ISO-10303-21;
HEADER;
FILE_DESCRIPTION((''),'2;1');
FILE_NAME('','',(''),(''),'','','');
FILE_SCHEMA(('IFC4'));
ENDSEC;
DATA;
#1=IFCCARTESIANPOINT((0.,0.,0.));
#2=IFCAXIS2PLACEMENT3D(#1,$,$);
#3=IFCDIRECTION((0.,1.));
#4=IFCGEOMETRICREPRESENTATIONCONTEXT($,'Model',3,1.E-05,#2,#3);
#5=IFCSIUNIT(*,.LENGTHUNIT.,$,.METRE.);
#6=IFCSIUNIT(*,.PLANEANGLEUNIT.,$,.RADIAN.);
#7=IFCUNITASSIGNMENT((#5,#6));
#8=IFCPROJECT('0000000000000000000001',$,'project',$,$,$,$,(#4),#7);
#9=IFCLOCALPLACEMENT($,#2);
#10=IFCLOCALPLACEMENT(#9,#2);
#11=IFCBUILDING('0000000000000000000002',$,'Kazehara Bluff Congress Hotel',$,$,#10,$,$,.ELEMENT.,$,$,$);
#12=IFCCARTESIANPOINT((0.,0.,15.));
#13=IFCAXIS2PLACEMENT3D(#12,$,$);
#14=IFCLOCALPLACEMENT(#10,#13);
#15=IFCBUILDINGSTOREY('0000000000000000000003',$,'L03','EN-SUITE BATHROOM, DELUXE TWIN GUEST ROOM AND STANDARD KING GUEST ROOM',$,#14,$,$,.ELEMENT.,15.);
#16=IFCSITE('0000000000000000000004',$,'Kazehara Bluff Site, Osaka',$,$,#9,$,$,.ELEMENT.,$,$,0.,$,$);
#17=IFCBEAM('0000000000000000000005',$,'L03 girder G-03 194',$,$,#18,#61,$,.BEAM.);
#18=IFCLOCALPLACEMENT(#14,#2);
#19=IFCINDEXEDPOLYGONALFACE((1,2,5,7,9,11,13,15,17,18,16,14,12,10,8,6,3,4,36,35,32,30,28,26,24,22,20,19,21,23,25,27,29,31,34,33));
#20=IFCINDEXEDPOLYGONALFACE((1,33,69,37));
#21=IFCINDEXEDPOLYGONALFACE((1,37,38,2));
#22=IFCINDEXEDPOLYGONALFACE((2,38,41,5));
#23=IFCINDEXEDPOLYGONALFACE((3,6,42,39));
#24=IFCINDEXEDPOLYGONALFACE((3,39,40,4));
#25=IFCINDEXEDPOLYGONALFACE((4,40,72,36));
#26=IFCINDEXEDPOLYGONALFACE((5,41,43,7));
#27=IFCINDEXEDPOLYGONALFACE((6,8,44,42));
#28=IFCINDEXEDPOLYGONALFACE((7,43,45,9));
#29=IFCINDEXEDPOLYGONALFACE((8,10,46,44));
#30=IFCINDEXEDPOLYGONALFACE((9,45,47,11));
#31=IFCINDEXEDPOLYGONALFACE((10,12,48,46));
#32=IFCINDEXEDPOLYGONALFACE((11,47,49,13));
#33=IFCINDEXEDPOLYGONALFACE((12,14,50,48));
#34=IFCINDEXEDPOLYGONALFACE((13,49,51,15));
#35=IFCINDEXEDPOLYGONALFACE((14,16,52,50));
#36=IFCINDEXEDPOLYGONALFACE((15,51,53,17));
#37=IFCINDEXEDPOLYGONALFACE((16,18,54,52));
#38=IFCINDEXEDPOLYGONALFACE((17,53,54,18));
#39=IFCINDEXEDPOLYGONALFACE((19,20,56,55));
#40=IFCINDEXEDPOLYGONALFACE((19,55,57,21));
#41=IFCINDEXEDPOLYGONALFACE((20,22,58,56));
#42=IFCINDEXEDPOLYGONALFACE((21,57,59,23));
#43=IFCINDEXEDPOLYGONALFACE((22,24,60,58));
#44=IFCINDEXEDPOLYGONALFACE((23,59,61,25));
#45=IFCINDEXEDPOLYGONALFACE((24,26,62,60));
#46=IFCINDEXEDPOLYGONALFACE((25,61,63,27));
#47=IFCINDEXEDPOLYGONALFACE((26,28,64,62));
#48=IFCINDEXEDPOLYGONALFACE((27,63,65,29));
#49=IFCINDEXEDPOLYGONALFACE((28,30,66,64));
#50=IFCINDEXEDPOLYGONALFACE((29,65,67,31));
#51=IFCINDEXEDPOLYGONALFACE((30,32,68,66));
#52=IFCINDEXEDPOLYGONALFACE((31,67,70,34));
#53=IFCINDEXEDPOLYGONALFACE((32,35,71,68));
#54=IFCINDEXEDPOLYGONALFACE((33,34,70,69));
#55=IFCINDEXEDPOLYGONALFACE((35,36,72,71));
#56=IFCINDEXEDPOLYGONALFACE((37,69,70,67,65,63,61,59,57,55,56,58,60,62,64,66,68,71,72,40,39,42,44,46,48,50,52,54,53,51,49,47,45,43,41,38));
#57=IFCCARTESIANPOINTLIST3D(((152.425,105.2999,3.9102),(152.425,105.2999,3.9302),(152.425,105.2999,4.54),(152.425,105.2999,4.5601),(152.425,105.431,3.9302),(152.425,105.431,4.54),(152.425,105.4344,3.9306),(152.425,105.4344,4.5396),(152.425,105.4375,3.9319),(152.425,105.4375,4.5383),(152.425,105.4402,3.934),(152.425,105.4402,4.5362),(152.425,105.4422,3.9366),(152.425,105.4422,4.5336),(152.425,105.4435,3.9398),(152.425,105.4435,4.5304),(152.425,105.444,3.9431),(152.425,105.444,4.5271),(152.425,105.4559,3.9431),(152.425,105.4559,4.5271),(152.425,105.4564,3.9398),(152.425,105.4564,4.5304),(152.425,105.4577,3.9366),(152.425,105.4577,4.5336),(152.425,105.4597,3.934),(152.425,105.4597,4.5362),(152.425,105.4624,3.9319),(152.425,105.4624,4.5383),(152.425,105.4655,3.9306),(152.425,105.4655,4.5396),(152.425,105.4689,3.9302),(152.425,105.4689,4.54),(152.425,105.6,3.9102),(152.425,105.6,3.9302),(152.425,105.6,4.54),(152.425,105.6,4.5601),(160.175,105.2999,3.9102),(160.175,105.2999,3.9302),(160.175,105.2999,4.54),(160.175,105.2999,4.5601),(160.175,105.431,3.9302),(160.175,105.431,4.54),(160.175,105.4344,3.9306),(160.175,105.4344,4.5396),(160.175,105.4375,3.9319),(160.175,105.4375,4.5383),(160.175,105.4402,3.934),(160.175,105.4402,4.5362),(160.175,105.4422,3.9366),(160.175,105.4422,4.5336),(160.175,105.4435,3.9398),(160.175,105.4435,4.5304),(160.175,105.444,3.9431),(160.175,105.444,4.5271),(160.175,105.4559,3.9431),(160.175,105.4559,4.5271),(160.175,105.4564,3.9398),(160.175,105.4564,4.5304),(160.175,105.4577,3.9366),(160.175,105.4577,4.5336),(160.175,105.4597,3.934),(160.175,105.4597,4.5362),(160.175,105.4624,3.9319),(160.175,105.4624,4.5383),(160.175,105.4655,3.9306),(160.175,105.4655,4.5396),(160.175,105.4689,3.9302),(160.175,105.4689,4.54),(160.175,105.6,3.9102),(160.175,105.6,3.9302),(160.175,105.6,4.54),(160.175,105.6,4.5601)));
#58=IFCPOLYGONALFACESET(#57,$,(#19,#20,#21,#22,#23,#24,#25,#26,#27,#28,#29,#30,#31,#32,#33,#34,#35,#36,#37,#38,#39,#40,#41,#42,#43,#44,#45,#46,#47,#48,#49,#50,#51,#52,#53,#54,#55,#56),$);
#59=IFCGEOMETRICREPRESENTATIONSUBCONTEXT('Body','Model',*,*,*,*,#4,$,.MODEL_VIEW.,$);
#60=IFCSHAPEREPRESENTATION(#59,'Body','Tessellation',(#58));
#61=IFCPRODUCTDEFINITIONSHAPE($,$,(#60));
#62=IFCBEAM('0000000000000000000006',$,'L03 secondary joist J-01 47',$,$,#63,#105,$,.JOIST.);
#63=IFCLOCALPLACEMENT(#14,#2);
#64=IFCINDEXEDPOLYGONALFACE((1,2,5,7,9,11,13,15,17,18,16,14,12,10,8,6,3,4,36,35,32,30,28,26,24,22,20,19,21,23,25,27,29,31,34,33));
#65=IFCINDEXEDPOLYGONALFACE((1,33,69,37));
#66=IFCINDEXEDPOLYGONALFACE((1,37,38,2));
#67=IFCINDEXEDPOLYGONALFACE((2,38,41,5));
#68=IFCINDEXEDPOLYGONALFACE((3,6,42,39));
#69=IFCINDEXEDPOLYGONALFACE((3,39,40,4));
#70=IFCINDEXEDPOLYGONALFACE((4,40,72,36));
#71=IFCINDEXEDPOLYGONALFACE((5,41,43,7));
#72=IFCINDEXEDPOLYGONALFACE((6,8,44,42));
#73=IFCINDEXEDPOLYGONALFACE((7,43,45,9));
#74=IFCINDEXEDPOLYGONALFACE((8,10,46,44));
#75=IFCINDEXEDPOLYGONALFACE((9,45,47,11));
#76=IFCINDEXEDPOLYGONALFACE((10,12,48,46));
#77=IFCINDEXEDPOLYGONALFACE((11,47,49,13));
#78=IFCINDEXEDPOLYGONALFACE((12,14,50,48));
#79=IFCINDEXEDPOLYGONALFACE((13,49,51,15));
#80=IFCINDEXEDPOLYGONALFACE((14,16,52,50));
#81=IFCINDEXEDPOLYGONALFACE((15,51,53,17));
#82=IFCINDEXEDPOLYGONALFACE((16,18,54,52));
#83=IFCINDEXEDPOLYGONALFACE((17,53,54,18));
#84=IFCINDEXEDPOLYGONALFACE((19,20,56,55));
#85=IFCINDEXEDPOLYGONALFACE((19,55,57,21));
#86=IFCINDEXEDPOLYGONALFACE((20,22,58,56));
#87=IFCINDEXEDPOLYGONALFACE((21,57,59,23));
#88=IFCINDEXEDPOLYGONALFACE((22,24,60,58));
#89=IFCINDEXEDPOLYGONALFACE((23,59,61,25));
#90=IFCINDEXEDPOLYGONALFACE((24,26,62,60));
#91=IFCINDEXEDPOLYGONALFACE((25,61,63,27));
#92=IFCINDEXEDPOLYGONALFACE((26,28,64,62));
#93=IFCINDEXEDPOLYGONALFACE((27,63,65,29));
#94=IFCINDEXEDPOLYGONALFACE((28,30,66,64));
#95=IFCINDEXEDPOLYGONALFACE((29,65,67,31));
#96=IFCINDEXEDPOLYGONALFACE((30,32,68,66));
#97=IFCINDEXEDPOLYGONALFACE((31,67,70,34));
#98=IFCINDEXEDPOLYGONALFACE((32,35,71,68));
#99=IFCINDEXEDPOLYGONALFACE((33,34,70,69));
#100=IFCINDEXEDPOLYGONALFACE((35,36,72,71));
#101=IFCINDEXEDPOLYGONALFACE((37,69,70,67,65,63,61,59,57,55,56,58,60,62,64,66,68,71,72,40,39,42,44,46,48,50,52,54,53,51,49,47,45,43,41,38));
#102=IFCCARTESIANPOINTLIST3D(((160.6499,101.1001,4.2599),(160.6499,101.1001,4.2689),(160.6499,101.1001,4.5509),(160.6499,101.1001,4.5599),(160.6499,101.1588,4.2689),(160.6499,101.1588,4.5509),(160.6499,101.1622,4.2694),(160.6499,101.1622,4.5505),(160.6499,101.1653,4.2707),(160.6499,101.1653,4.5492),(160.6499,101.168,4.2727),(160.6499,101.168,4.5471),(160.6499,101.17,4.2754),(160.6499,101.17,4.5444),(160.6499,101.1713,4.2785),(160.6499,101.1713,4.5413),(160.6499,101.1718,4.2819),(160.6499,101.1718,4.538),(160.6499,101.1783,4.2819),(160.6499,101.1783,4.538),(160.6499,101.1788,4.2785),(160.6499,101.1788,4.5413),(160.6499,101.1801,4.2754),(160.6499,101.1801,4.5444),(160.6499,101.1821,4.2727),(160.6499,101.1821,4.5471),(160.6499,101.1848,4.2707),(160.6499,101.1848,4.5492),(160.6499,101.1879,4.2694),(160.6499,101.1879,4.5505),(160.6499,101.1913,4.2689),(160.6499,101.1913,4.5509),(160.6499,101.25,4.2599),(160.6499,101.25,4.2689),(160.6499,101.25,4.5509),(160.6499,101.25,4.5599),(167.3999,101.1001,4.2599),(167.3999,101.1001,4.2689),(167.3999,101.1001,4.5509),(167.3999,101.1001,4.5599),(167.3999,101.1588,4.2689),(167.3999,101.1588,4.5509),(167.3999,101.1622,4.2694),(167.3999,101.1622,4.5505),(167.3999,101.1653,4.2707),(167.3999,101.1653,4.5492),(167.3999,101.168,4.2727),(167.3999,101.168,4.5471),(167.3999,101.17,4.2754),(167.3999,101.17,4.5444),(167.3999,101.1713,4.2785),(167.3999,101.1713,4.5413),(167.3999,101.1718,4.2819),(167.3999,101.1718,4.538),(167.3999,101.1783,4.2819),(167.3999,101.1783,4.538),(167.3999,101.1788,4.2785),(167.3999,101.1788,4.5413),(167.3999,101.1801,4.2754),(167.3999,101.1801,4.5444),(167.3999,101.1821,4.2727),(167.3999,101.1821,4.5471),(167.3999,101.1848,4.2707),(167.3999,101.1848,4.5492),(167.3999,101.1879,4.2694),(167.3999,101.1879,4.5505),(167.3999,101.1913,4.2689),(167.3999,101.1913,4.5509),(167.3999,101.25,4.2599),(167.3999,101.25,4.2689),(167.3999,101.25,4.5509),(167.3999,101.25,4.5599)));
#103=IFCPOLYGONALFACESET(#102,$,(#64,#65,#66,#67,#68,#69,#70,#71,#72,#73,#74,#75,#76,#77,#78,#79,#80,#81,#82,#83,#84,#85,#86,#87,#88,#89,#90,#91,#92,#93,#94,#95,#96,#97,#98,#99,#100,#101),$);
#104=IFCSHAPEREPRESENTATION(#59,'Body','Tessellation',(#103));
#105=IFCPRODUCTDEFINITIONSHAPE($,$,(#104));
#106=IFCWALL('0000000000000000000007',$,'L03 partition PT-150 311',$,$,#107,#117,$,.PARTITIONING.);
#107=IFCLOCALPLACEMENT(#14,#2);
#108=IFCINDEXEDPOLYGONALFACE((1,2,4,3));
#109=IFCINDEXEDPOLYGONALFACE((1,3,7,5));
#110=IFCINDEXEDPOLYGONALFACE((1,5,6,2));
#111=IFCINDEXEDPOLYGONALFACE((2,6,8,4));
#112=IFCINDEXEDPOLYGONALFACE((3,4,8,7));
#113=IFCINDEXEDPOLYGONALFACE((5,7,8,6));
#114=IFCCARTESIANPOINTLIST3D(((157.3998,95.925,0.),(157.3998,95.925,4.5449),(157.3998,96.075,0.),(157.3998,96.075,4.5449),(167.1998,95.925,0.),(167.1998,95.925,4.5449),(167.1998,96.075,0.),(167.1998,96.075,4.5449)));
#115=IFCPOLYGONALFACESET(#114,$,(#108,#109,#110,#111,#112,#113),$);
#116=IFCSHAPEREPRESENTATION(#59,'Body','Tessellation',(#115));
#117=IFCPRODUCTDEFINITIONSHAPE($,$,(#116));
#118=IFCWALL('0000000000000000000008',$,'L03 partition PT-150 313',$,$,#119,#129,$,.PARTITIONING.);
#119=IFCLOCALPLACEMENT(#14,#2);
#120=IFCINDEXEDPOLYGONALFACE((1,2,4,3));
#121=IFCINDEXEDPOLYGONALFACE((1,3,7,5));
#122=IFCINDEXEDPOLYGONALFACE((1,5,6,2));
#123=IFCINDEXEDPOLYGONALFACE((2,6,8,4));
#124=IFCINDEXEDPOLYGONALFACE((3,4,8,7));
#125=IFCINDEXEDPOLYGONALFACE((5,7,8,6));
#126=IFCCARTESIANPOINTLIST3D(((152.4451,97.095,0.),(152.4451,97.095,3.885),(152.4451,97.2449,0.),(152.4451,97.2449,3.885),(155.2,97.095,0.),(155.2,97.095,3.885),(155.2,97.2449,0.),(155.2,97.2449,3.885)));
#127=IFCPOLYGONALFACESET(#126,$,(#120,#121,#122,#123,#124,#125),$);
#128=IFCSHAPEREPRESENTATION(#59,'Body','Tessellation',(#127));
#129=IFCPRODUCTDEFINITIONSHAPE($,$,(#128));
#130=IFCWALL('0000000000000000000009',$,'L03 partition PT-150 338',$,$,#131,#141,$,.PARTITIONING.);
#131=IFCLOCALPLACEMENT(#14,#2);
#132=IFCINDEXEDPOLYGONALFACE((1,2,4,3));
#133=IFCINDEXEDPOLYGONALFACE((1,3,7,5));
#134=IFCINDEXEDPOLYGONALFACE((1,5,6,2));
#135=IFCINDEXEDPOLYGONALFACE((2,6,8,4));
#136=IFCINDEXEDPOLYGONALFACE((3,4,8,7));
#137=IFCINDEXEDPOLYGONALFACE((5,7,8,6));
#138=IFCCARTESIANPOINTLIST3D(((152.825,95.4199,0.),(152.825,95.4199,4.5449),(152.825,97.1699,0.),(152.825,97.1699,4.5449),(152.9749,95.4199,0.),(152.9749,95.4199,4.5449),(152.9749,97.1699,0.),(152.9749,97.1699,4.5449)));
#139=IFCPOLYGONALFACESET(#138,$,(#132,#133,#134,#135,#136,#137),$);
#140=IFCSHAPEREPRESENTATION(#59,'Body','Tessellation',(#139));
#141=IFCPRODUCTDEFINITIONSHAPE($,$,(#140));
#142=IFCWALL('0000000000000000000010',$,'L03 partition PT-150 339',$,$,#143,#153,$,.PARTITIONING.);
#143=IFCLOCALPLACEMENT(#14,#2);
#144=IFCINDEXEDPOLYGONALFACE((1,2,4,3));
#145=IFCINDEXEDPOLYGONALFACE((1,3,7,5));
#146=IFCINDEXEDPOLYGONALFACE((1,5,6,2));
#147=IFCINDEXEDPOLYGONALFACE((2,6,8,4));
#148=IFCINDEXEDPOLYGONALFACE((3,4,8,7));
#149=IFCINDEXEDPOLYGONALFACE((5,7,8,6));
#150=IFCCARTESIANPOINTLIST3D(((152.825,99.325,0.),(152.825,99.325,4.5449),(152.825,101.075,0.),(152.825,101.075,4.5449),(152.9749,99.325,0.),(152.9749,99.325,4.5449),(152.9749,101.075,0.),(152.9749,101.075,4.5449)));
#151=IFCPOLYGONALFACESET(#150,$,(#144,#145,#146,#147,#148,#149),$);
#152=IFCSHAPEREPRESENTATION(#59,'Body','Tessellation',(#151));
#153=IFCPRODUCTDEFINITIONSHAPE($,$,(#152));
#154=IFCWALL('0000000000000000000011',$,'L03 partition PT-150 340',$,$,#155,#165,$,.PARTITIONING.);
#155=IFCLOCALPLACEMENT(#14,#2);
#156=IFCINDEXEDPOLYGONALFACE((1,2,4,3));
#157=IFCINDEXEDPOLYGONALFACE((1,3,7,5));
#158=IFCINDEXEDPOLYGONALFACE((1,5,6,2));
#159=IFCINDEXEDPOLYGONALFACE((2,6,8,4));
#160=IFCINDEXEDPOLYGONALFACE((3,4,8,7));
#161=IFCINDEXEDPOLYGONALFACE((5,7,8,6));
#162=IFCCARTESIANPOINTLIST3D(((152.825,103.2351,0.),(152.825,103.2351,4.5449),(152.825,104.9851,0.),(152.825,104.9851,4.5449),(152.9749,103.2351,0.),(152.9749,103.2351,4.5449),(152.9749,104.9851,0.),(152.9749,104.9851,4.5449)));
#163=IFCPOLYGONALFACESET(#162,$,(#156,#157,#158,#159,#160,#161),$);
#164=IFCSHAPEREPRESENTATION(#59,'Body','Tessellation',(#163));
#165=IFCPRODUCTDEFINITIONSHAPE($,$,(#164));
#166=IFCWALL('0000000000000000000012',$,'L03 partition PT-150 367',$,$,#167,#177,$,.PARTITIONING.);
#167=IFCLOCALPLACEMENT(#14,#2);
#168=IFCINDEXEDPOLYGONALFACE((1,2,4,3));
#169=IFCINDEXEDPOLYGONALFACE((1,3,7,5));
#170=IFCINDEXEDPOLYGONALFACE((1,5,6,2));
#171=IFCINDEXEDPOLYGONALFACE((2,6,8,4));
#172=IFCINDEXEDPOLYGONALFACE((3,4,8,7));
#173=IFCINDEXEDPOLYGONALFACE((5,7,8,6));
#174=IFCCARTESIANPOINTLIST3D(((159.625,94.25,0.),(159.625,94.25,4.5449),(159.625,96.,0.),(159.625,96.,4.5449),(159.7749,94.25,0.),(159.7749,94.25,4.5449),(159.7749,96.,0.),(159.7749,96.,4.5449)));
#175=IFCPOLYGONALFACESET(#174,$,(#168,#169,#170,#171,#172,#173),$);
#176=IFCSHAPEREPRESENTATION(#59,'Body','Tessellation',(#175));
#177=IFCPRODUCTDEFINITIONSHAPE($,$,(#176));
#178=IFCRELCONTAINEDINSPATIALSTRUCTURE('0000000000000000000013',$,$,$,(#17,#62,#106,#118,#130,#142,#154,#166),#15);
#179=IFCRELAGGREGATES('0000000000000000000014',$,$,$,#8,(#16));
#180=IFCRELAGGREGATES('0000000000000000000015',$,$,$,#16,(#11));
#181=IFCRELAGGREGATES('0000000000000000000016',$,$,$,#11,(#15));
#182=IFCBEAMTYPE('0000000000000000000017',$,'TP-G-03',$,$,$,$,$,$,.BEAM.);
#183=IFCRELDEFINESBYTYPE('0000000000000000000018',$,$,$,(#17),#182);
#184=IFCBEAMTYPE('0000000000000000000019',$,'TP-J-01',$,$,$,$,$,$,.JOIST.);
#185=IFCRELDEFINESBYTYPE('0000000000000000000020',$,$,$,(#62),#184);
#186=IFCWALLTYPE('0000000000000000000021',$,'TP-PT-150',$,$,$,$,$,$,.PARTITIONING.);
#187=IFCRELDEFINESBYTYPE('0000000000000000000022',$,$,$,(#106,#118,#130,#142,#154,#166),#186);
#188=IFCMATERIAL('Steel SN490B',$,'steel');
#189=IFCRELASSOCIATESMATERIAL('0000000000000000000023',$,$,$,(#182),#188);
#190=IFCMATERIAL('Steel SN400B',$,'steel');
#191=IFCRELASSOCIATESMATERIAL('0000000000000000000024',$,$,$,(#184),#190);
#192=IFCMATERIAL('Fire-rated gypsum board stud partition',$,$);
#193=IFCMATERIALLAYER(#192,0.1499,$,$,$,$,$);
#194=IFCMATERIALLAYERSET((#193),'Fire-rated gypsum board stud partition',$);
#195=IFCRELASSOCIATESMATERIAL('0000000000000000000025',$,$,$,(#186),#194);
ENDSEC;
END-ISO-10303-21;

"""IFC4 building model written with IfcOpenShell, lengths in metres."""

from ifc_helpers import new_model, si_unit, direction, frame, frame_2d, origin, origin_2d, place, context, subcontext, project, spatial, rectangle, i_section, extrude, material, layer, layer_set, material_profile, profile_set, type_object, element, save


model = new_model("IFC4")

# Units and contexts
model_context = context("Model", 3, precision=1e-05, world=origin(), true_north=direction((0.0, 1.0)))
body_context = subcontext(model_context, "Body", "Model", "MODEL_VIEW")
ifc_project = project(units=[si_unit("LENGTHUNIT", "METRE"), si_unit("PLANEANGLEUNIT", "RADIAN")], contexts=[model_context])

# Site, building, storey
site_placement = place(None, origin())
site = spatial("IfcSite", under=ifc_project, at=site_placement, Name="Kazehara Bluff Site, Osaka", CompositionType="ELEMENT", RefElevation=0.0)
building_placement = place(site_placement, origin())
building = spatial("IfcBuilding", under=site, at=building_placement, Name="Kazehara Bluff Congress Hotel", CompositionType="ELEMENT")
storey_placement = place(building_placement, frame((0.0, 0.0, 15.0)))
storey = spatial("IfcBuildingStorey", under=building, at=storey_placement, Name="L03", Description="EN-SUITE BATHROOM, DELUXE TWIN GUEST ROOM AND STANDARD KING GUEST ROOM", CompositionType="ELEMENT", Elevation=15.0)

# Beams
ifc_material_1 = material(Name="Steel SN490B", Category="steel")
ifc_material_profile_1 = material_profile(ifc_material_1, i_section(OverallWidth=0.3, OverallDepth=0.6499, WebThickness=0.012, FlangeThickness=0.02, FilletRadius=0.0129, at=origin_2d()))
ifc_profile_set_1 = profile_set([ifc_material_profile_1], Name="Steel SN490B")
beam_type_1 = type_object("IfcBeamType", Name="TP-G-03", PredefinedType="BEAM", material=ifc_profile_set_1)
beam_1_placement = place(storey_placement, frame((152.425, 105.45, 4.2351), z_axis=(1.0, 0.0, 0.0), x_axis=(0.0, 1.0, 0.0)))
element("IfcBeam", 1, at=beam_1_placement, inside=storey, type_object=beam_type_1, Name="L03 girder G-03 194", PredefinedType="BEAM", context=body_context, shape_type="SweptSolid", body=[
    extrude(i_section(OverallWidth=0.3, OverallDepth=0.6499, WebThickness=0.012, FlangeThickness=0.02, FilletRadius=0.0129, at=origin_2d()), origin(), (0.0, 0.0, 1.0), 7.75),
])
ifc_material_2 = material(Name="Steel SN400B", Category="steel")
ifc_material_profile_2 = material_profile(ifc_material_2, i_section(OverallWidth=0.1499, OverallDepth=0.3, WebThickness=0.0066, FlangeThickness=0.009, FilletRadius=0.0129, at=origin_2d()))
ifc_profile_set_2 = profile_set([ifc_material_profile_2], Name="Steel SN400B")
beam_type_2 = type_object("IfcBeamType", Name="TP-J-01", PredefinedType="JOIST", material=ifc_profile_set_2)
beam_2_placement = place(storey_placement, frame((160.6499, 101.175, 4.4099), z_axis=(1.0, 0.0, 0.0), x_axis=(0.0, 1.0, 0.0)))
element("IfcBeam", 2, at=beam_2_placement, inside=storey, type_object=beam_type_2, Name="L03 secondary joist J-01 47", PredefinedType="JOIST", context=body_context, shape_type="SweptSolid", body=[
    extrude(i_section(OverallWidth=0.1499, OverallDepth=0.3, WebThickness=0.0066, FlangeThickness=0.009, FilletRadius=0.0129, at=origin_2d()), origin(), (0.0, 0.0, 1.0), 6.75),
])

# Shared definitions
ifc_material_3 = material(Name="Fire-rated gypsum board stud partition")
ifc_layer = layer(ifc_material_3, 0.1499)
ifc_layer_set = layer_set([ifc_layer], Name="Fire-rated gypsum board stud partition")
wall_type = type_object("IfcWallType", Name="TP-PT-150", PredefinedType="PARTITIONING", material=ifc_layer_set)

# Walls
wall_1_placement = place(storey_placement, frame((157.3999, 96.0, 0.0), z_axis=(0.0, 0.0, 1.0), x_axis=(1.0, 0.0, 0.0)))
element("IfcWall", 3, at=wall_1_placement, inside=storey, type_object=wall_type, Name="L03 partition PT-150 311", PredefinedType="PARTITIONING", context=body_context, shape_type="SweptSolid", body=[
    extrude(rectangle(XDim=9.8, YDim=0.1499, at=frame_2d((4.8999, 0.0))), origin(), (0.0, 0.0, 1.0), 4.5449),
])
wall_2_placement = place(storey_placement, frame((152.4451, 97.1699, 0.0), z_axis=(0.0, 0.0, 1.0), x_axis=(1.0, 0.0, 0.0)))
element("IfcWall", 4, at=wall_2_placement, inside=storey, type_object=wall_type, Name="L03 partition PT-150 313", PredefinedType="PARTITIONING", context=body_context, shape_type="SweptSolid", body=[
    extrude(rectangle(XDim=2.7549, YDim=0.1499, at=frame_2d((1.3774, 0.0))), origin(), (0.0, 0.0, 1.0), 3.885),
])

# Walls
for number, where, z_axis, x_axis, name in (
    (5, (152.8999, 95.4199, 0.0), (0.0, 0.0, 1.0), (0.0, 1.0, 0.0), "L03 partition PT-150 338"),
    (6, (152.8999, 99.325, 0.0), (0.0, 0.0, 1.0), (0.0, 1.0, 0.0), "L03 partition PT-150 339"),
    (7, (152.8999, 103.2351, 0.0), (0.0, 0.0, 1.0), (0.0, 1.0, 0.0), "L03 partition PT-150 340"),
    (8, (159.7, 94.25, 0.0), (0.0, 0.0, 1.0), (0.0, 1.0, 0.0), "L03 partition PT-150 367"),
):
    element("IfcWall", number, at=place(storey_placement, frame(where, z_axis=z_axis, x_axis=x_axis)), inside=storey, type_object=wall_type, Name=name, PredefinedType="PARTITIONING", context=body_context, shape_type="SweptSolid", body=[
        extrude(rectangle(XDim=1.75, YDim=0.1499, at=frame_2d((0.875, 0.0))), origin(), (0.0, 0.0, 1.0), 4.5449),
    ])

save(model, "model.ifc")
